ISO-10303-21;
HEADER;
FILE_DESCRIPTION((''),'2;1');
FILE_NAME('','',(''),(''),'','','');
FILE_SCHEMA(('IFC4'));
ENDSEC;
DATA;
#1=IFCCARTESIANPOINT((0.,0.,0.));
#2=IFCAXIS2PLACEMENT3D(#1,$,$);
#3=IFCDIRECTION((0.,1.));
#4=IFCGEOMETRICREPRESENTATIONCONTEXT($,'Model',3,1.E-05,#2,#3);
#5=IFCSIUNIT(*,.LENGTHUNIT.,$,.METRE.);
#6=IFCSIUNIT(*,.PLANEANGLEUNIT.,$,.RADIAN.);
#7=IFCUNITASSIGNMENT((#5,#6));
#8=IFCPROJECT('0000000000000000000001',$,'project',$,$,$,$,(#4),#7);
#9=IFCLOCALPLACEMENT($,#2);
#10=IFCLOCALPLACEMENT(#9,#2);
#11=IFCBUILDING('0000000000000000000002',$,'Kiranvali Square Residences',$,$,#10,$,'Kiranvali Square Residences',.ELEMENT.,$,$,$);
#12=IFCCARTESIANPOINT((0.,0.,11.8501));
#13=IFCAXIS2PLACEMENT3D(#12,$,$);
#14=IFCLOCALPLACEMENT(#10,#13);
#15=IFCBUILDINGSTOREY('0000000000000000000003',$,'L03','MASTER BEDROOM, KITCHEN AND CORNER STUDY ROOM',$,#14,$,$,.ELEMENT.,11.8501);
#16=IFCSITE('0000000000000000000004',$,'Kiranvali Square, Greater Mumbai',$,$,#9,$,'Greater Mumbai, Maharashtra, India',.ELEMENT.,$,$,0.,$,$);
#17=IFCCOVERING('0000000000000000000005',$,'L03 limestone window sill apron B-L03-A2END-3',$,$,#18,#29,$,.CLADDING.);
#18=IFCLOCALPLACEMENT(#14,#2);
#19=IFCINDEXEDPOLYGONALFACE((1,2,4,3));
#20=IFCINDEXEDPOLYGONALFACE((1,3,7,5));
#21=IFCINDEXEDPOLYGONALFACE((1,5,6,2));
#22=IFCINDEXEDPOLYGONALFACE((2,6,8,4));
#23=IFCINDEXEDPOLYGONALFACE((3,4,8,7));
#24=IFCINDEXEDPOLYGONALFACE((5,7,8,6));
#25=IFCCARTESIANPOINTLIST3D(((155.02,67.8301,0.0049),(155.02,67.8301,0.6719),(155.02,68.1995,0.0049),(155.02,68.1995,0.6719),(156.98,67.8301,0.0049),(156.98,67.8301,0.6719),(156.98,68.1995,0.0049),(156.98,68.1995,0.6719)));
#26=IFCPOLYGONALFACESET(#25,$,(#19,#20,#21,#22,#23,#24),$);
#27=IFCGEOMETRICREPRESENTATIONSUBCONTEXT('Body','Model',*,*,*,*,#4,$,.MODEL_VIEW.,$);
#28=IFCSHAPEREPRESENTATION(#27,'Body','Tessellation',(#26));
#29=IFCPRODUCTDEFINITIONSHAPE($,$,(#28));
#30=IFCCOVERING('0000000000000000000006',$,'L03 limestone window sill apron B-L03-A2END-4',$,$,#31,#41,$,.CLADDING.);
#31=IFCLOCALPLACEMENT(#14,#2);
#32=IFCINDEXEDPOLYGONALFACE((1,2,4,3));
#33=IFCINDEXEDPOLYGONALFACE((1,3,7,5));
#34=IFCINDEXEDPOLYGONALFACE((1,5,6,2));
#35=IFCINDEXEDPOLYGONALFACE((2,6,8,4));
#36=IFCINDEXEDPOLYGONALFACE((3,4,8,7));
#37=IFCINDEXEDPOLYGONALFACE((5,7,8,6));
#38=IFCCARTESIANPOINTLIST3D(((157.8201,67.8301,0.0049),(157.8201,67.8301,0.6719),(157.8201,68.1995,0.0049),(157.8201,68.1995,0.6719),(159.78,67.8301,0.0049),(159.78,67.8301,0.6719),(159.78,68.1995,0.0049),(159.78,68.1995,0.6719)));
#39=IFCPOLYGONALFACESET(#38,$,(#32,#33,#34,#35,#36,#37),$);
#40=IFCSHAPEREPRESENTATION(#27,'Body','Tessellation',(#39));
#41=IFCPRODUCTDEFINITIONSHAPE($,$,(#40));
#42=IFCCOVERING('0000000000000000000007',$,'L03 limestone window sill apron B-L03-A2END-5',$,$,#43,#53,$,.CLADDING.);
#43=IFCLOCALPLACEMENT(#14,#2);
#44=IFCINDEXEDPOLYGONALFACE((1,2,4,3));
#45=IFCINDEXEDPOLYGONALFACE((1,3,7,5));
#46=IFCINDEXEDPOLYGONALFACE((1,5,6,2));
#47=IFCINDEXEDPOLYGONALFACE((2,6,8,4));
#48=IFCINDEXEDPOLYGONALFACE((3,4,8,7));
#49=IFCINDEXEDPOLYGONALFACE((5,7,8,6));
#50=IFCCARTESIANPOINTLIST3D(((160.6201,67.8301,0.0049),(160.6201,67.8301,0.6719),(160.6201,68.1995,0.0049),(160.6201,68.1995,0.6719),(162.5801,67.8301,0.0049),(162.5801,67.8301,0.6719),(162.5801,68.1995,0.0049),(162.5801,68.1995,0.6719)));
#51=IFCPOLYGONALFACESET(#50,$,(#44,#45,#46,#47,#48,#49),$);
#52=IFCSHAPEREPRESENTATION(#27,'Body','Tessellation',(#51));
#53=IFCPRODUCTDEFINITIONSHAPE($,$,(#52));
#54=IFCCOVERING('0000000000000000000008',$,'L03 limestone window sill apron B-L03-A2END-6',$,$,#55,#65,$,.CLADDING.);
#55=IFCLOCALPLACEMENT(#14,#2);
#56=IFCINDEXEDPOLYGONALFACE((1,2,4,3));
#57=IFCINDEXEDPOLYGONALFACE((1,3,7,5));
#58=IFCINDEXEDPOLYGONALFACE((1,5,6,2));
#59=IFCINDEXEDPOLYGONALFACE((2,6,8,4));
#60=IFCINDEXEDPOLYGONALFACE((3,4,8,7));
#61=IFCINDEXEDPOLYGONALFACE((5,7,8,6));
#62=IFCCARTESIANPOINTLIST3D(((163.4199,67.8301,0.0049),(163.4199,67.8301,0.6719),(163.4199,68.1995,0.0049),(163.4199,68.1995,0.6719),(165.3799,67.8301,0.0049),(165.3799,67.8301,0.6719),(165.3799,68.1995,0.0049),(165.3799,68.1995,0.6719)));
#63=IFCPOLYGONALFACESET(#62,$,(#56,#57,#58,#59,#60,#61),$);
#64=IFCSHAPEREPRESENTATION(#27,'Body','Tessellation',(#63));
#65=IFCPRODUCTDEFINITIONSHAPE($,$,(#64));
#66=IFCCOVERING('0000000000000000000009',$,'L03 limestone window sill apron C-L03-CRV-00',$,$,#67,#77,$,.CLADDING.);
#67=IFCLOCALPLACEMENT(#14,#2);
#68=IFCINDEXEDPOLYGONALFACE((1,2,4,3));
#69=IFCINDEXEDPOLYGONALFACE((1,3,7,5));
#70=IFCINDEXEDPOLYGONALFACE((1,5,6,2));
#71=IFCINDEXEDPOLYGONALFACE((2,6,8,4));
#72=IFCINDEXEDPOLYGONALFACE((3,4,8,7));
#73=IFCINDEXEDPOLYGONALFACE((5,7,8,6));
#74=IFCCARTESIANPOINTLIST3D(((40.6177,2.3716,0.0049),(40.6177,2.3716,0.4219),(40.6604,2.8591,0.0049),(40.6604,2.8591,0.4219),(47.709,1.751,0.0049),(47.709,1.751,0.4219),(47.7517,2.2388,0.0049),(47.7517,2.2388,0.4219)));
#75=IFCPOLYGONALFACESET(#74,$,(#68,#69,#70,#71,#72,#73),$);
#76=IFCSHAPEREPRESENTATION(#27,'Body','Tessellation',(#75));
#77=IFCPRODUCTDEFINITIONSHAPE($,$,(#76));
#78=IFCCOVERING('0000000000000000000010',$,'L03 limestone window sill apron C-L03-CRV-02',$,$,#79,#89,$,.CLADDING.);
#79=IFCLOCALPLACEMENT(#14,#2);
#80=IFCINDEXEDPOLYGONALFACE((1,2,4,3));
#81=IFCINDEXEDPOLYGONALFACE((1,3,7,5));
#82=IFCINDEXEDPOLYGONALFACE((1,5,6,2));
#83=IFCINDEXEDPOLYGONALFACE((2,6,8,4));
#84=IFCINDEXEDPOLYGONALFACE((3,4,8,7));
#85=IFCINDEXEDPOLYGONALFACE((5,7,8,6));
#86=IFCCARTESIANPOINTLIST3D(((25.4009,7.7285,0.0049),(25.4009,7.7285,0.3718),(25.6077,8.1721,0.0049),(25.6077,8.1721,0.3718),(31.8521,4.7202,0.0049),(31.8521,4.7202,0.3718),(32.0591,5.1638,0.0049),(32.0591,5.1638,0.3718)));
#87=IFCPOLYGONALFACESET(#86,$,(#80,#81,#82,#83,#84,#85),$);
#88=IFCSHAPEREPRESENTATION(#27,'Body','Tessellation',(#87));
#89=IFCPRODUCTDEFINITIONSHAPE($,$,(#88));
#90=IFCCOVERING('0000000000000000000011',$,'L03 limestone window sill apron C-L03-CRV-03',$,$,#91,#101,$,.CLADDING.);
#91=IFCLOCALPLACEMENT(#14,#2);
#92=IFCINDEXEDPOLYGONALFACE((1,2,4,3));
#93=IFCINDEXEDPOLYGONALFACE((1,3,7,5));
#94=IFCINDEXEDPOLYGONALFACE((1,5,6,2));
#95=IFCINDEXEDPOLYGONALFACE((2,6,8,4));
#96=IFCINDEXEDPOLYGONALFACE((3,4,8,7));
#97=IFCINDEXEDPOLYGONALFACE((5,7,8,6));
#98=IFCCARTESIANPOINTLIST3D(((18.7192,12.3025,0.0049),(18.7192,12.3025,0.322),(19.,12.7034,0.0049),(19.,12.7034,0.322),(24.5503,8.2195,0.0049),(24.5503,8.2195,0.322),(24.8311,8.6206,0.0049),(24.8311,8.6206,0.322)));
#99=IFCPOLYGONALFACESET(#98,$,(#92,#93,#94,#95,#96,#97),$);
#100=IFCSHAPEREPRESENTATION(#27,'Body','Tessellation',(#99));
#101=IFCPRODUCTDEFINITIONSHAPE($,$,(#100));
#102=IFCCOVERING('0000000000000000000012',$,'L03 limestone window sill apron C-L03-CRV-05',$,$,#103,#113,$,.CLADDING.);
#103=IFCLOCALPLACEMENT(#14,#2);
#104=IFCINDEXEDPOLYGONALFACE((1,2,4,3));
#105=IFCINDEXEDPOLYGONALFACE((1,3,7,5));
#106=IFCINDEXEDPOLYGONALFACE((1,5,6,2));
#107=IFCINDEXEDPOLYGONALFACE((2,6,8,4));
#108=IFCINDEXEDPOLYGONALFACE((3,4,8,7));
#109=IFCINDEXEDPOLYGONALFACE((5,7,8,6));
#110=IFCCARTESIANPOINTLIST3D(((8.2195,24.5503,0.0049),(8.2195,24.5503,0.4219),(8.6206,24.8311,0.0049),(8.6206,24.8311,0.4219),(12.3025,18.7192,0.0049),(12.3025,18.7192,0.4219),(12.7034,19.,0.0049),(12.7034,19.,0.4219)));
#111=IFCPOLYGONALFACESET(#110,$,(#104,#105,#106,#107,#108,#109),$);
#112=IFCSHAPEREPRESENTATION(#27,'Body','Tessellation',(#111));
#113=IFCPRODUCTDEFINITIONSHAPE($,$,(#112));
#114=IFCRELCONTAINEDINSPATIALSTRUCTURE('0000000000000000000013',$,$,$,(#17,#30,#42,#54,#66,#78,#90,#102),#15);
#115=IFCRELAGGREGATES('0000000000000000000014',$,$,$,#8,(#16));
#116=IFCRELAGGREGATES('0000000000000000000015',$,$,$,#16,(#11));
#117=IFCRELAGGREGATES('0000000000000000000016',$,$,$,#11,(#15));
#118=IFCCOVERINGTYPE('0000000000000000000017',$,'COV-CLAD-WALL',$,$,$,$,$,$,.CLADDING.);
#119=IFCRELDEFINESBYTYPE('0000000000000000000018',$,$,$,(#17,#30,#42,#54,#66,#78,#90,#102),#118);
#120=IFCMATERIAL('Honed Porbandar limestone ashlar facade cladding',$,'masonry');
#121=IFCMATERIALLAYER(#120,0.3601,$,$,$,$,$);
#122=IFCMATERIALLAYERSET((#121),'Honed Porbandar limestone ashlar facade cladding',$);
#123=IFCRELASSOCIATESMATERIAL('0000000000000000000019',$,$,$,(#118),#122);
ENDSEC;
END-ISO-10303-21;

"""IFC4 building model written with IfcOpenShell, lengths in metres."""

from ifc_helpers import new_model, si_unit, direction, frame, origin, place, context, subcontext, project, spatial, polyline, outline, extrude, material, layer, layer_set, type_object, element, save


model = new_model("IFC4")

# Units and contexts
model_context = context("Model", 3, precision=1e-05, world=origin(), true_north=direction((0.0, 1.0)))
body_context = subcontext(model_context, "Body", "Model", "MODEL_VIEW")
ifc_project = project(units=[si_unit("LENGTHUNIT", "METRE"), si_unit("PLANEANGLEUNIT", "RADIAN")], contexts=[model_context])

# Site, building, storey
site_placement = place(None, origin())
site = spatial("IfcSite", under=ifc_project, at=site_placement, Name="Kiranvali Square, Greater Mumbai", LongName="Greater Mumbai, Maharashtra, India", CompositionType="ELEMENT", RefElevation=0.0)
building_placement = place(site_placement, origin())
building = spatial("IfcBuilding", under=site, at=building_placement, Name="Kiranvali Square Residences", LongName="Kiranvali Square Residences", CompositionType="ELEMENT")
storey_placement = place(building_placement, frame((0.0, 0.0, 11.8501)))
storey = spatial("IfcBuildingStorey", under=building, at=storey_placement, Name="L03", Description="MASTER BEDROOM, KITCHEN AND CORNER STUDY ROOM", CompositionType="ELEMENT", Elevation=11.8501)

# Coverings
ifc_material = material(Name="Honed Porbandar limestone ashlar facade cladding", Category="masonry")
ifc_layer_1 = layer(ifc_material, 0.3601)
ifc_layer_set_1 = layer_set([ifc_layer_1], Name="Honed Porbandar limestone ashlar facade cladding")
covering_type_1 = type_object("IfcCoveringType", Name="COV-CLAD-WALL", PredefinedType="CLADDING", material=ifc_layer_set_1)
covering_1_placement = place(storey_placement, frame((0.0, 0.0, 0.0049)))
element("IfcCovering", 1, at=covering_1_placement, inside=storey, type_object=covering_type_1, Name="L03 limestone window sill apron B-L03-A2END-3", PredefinedType="CLADDING", context=body_context, shape_type="SweptSolid", body=[
    extrude(outline(polyline([(155.02, 67.8301), (156.98, 67.8301), (156.98, 68.1995), (155.02, 68.1995), (155.02, 67.8301)])), origin(), (0.0, 0.0, 1.0), 0.667),
])
covering_2_placement = place(storey_placement, frame((0.0, 0.0, 0.0049)))
element("IfcCovering", 2, at=covering_2_placement, inside=storey, type_object=covering_type_1, Name="L03 limestone window sill apron B-L03-A2END-4", PredefinedType="CLADDING", context=body_context, shape_type="SweptSolid", body=[
    extrude(outline(polyline([(157.8201, 67.8301), (159.78, 67.8301), (159.78, 68.1995), (157.8201, 68.1995), (157.8201, 67.8301)])), origin(), (0.0, 0.0, 1.0), 0.667),
])
covering_3_placement = place(storey_placement, frame((0.0, 0.0, 0.0049)))
element("IfcCovering", 3, at=covering_3_placement, inside=storey, type_object=covering_type_1, Name="L03 limestone window sill apron B-L03-A2END-5", PredefinedType="CLADDING", context=body_context, shape_type="SweptSolid", body=[
    extrude(outline(polyline([(160.6201, 67.8301), (162.5801, 67.8301), (162.5801, 68.1995), (160.6201, 68.1995), (160.6201, 67.8301)])), origin(), (0.0, 0.0, 1.0), 0.667),
])
covering_4_placement = place(storey_placement, frame((0.0, 0.0, 0.0049)))
element("IfcCovering", 4, at=covering_4_placement, inside=storey, type_object=covering_type_1, Name="L03 limestone window sill apron B-L03-A2END-6", PredefinedType="CLADDING", context=body_context, shape_type="SweptSolid", body=[
    extrude(outline(polyline([(163.4199, 67.8301), (165.3799, 67.8301), (165.3799, 68.1995), (163.4199, 68.1995), (163.4199, 67.8301)])), origin(), (0.0, 0.0, 1.0), 0.667),
])
covering_5_placement = place(storey_placement, frame((0.0, 0.0, 0.0049)))
element("IfcCovering", 5, at=covering_5_placement, inside=storey, type_object=covering_type_1, Name="L03 limestone window sill apron C-L03-CRV-00", PredefinedType="CLADDING", context=body_context, shape_type="SweptSolid", body=[
    extrude(outline(polyline([(47.7517, 2.2388), (40.6604, 2.8591), (40.6177, 2.3716), (47.709, 1.751), (47.7517, 2.2388)])), origin(), (0.0, 0.0, 1.0), 0.417),
])
covering_6_placement = place(storey_placement, frame((0.0, 0.0, 0.0049)))
element("IfcCovering", 6, at=covering_6_placement, inside=storey, type_object=covering_type_1, Name="L03 limestone window sill apron C-L03-CRV-02", PredefinedType="CLADDING", context=body_context, shape_type="SweptSolid", body=[
    extrude(outline(polyline([(32.0591, 5.1638), (25.6077, 8.1721), (25.4009, 7.7285), (31.8521, 4.7202), (32.0591, 5.1638)])), origin(), (0.0, 0.0, 1.0), 0.3669),
])
covering_7_placement = place(storey_placement, frame((0.0, 0.0, 0.0049)))
element("IfcCovering", 7, at=covering_7_placement, inside=storey, type_object=covering_type_1, Name="L03 limestone window sill apron C-L03-CRV-03", PredefinedType="CLADDING", context=body_context, shape_type="SweptSolid", body=[
    extrude(outline(polyline([(24.8311, 8.6206), (19.0, 12.7034), (18.7192, 12.3025), (24.5503, 8.2195), (24.8311, 8.6206)])), origin(), (0.0, 0.0, 1.0), 0.3171),
])
covering_8_placement = place(storey_placement, frame((0.0, 0.0, 0.0049)))
element("IfcCovering", 8, at=covering_8_placement, inside=storey, type_object=covering_type_1, Name="L03 limestone window sill apron C-L03-CRV-05", PredefinedType="CLADDING", context=body_context, shape_type="SweptSolid", body=[
    extrude(outline(polyline([(12.7034, 19.0), (8.6206, 24.8311), (8.2195, 24.5503), (12.3025, 18.7192), (12.7034, 19.0)])), origin(), (0.0, 0.0, 1.0), 0.417),
])

save(model, "model.ifc")
